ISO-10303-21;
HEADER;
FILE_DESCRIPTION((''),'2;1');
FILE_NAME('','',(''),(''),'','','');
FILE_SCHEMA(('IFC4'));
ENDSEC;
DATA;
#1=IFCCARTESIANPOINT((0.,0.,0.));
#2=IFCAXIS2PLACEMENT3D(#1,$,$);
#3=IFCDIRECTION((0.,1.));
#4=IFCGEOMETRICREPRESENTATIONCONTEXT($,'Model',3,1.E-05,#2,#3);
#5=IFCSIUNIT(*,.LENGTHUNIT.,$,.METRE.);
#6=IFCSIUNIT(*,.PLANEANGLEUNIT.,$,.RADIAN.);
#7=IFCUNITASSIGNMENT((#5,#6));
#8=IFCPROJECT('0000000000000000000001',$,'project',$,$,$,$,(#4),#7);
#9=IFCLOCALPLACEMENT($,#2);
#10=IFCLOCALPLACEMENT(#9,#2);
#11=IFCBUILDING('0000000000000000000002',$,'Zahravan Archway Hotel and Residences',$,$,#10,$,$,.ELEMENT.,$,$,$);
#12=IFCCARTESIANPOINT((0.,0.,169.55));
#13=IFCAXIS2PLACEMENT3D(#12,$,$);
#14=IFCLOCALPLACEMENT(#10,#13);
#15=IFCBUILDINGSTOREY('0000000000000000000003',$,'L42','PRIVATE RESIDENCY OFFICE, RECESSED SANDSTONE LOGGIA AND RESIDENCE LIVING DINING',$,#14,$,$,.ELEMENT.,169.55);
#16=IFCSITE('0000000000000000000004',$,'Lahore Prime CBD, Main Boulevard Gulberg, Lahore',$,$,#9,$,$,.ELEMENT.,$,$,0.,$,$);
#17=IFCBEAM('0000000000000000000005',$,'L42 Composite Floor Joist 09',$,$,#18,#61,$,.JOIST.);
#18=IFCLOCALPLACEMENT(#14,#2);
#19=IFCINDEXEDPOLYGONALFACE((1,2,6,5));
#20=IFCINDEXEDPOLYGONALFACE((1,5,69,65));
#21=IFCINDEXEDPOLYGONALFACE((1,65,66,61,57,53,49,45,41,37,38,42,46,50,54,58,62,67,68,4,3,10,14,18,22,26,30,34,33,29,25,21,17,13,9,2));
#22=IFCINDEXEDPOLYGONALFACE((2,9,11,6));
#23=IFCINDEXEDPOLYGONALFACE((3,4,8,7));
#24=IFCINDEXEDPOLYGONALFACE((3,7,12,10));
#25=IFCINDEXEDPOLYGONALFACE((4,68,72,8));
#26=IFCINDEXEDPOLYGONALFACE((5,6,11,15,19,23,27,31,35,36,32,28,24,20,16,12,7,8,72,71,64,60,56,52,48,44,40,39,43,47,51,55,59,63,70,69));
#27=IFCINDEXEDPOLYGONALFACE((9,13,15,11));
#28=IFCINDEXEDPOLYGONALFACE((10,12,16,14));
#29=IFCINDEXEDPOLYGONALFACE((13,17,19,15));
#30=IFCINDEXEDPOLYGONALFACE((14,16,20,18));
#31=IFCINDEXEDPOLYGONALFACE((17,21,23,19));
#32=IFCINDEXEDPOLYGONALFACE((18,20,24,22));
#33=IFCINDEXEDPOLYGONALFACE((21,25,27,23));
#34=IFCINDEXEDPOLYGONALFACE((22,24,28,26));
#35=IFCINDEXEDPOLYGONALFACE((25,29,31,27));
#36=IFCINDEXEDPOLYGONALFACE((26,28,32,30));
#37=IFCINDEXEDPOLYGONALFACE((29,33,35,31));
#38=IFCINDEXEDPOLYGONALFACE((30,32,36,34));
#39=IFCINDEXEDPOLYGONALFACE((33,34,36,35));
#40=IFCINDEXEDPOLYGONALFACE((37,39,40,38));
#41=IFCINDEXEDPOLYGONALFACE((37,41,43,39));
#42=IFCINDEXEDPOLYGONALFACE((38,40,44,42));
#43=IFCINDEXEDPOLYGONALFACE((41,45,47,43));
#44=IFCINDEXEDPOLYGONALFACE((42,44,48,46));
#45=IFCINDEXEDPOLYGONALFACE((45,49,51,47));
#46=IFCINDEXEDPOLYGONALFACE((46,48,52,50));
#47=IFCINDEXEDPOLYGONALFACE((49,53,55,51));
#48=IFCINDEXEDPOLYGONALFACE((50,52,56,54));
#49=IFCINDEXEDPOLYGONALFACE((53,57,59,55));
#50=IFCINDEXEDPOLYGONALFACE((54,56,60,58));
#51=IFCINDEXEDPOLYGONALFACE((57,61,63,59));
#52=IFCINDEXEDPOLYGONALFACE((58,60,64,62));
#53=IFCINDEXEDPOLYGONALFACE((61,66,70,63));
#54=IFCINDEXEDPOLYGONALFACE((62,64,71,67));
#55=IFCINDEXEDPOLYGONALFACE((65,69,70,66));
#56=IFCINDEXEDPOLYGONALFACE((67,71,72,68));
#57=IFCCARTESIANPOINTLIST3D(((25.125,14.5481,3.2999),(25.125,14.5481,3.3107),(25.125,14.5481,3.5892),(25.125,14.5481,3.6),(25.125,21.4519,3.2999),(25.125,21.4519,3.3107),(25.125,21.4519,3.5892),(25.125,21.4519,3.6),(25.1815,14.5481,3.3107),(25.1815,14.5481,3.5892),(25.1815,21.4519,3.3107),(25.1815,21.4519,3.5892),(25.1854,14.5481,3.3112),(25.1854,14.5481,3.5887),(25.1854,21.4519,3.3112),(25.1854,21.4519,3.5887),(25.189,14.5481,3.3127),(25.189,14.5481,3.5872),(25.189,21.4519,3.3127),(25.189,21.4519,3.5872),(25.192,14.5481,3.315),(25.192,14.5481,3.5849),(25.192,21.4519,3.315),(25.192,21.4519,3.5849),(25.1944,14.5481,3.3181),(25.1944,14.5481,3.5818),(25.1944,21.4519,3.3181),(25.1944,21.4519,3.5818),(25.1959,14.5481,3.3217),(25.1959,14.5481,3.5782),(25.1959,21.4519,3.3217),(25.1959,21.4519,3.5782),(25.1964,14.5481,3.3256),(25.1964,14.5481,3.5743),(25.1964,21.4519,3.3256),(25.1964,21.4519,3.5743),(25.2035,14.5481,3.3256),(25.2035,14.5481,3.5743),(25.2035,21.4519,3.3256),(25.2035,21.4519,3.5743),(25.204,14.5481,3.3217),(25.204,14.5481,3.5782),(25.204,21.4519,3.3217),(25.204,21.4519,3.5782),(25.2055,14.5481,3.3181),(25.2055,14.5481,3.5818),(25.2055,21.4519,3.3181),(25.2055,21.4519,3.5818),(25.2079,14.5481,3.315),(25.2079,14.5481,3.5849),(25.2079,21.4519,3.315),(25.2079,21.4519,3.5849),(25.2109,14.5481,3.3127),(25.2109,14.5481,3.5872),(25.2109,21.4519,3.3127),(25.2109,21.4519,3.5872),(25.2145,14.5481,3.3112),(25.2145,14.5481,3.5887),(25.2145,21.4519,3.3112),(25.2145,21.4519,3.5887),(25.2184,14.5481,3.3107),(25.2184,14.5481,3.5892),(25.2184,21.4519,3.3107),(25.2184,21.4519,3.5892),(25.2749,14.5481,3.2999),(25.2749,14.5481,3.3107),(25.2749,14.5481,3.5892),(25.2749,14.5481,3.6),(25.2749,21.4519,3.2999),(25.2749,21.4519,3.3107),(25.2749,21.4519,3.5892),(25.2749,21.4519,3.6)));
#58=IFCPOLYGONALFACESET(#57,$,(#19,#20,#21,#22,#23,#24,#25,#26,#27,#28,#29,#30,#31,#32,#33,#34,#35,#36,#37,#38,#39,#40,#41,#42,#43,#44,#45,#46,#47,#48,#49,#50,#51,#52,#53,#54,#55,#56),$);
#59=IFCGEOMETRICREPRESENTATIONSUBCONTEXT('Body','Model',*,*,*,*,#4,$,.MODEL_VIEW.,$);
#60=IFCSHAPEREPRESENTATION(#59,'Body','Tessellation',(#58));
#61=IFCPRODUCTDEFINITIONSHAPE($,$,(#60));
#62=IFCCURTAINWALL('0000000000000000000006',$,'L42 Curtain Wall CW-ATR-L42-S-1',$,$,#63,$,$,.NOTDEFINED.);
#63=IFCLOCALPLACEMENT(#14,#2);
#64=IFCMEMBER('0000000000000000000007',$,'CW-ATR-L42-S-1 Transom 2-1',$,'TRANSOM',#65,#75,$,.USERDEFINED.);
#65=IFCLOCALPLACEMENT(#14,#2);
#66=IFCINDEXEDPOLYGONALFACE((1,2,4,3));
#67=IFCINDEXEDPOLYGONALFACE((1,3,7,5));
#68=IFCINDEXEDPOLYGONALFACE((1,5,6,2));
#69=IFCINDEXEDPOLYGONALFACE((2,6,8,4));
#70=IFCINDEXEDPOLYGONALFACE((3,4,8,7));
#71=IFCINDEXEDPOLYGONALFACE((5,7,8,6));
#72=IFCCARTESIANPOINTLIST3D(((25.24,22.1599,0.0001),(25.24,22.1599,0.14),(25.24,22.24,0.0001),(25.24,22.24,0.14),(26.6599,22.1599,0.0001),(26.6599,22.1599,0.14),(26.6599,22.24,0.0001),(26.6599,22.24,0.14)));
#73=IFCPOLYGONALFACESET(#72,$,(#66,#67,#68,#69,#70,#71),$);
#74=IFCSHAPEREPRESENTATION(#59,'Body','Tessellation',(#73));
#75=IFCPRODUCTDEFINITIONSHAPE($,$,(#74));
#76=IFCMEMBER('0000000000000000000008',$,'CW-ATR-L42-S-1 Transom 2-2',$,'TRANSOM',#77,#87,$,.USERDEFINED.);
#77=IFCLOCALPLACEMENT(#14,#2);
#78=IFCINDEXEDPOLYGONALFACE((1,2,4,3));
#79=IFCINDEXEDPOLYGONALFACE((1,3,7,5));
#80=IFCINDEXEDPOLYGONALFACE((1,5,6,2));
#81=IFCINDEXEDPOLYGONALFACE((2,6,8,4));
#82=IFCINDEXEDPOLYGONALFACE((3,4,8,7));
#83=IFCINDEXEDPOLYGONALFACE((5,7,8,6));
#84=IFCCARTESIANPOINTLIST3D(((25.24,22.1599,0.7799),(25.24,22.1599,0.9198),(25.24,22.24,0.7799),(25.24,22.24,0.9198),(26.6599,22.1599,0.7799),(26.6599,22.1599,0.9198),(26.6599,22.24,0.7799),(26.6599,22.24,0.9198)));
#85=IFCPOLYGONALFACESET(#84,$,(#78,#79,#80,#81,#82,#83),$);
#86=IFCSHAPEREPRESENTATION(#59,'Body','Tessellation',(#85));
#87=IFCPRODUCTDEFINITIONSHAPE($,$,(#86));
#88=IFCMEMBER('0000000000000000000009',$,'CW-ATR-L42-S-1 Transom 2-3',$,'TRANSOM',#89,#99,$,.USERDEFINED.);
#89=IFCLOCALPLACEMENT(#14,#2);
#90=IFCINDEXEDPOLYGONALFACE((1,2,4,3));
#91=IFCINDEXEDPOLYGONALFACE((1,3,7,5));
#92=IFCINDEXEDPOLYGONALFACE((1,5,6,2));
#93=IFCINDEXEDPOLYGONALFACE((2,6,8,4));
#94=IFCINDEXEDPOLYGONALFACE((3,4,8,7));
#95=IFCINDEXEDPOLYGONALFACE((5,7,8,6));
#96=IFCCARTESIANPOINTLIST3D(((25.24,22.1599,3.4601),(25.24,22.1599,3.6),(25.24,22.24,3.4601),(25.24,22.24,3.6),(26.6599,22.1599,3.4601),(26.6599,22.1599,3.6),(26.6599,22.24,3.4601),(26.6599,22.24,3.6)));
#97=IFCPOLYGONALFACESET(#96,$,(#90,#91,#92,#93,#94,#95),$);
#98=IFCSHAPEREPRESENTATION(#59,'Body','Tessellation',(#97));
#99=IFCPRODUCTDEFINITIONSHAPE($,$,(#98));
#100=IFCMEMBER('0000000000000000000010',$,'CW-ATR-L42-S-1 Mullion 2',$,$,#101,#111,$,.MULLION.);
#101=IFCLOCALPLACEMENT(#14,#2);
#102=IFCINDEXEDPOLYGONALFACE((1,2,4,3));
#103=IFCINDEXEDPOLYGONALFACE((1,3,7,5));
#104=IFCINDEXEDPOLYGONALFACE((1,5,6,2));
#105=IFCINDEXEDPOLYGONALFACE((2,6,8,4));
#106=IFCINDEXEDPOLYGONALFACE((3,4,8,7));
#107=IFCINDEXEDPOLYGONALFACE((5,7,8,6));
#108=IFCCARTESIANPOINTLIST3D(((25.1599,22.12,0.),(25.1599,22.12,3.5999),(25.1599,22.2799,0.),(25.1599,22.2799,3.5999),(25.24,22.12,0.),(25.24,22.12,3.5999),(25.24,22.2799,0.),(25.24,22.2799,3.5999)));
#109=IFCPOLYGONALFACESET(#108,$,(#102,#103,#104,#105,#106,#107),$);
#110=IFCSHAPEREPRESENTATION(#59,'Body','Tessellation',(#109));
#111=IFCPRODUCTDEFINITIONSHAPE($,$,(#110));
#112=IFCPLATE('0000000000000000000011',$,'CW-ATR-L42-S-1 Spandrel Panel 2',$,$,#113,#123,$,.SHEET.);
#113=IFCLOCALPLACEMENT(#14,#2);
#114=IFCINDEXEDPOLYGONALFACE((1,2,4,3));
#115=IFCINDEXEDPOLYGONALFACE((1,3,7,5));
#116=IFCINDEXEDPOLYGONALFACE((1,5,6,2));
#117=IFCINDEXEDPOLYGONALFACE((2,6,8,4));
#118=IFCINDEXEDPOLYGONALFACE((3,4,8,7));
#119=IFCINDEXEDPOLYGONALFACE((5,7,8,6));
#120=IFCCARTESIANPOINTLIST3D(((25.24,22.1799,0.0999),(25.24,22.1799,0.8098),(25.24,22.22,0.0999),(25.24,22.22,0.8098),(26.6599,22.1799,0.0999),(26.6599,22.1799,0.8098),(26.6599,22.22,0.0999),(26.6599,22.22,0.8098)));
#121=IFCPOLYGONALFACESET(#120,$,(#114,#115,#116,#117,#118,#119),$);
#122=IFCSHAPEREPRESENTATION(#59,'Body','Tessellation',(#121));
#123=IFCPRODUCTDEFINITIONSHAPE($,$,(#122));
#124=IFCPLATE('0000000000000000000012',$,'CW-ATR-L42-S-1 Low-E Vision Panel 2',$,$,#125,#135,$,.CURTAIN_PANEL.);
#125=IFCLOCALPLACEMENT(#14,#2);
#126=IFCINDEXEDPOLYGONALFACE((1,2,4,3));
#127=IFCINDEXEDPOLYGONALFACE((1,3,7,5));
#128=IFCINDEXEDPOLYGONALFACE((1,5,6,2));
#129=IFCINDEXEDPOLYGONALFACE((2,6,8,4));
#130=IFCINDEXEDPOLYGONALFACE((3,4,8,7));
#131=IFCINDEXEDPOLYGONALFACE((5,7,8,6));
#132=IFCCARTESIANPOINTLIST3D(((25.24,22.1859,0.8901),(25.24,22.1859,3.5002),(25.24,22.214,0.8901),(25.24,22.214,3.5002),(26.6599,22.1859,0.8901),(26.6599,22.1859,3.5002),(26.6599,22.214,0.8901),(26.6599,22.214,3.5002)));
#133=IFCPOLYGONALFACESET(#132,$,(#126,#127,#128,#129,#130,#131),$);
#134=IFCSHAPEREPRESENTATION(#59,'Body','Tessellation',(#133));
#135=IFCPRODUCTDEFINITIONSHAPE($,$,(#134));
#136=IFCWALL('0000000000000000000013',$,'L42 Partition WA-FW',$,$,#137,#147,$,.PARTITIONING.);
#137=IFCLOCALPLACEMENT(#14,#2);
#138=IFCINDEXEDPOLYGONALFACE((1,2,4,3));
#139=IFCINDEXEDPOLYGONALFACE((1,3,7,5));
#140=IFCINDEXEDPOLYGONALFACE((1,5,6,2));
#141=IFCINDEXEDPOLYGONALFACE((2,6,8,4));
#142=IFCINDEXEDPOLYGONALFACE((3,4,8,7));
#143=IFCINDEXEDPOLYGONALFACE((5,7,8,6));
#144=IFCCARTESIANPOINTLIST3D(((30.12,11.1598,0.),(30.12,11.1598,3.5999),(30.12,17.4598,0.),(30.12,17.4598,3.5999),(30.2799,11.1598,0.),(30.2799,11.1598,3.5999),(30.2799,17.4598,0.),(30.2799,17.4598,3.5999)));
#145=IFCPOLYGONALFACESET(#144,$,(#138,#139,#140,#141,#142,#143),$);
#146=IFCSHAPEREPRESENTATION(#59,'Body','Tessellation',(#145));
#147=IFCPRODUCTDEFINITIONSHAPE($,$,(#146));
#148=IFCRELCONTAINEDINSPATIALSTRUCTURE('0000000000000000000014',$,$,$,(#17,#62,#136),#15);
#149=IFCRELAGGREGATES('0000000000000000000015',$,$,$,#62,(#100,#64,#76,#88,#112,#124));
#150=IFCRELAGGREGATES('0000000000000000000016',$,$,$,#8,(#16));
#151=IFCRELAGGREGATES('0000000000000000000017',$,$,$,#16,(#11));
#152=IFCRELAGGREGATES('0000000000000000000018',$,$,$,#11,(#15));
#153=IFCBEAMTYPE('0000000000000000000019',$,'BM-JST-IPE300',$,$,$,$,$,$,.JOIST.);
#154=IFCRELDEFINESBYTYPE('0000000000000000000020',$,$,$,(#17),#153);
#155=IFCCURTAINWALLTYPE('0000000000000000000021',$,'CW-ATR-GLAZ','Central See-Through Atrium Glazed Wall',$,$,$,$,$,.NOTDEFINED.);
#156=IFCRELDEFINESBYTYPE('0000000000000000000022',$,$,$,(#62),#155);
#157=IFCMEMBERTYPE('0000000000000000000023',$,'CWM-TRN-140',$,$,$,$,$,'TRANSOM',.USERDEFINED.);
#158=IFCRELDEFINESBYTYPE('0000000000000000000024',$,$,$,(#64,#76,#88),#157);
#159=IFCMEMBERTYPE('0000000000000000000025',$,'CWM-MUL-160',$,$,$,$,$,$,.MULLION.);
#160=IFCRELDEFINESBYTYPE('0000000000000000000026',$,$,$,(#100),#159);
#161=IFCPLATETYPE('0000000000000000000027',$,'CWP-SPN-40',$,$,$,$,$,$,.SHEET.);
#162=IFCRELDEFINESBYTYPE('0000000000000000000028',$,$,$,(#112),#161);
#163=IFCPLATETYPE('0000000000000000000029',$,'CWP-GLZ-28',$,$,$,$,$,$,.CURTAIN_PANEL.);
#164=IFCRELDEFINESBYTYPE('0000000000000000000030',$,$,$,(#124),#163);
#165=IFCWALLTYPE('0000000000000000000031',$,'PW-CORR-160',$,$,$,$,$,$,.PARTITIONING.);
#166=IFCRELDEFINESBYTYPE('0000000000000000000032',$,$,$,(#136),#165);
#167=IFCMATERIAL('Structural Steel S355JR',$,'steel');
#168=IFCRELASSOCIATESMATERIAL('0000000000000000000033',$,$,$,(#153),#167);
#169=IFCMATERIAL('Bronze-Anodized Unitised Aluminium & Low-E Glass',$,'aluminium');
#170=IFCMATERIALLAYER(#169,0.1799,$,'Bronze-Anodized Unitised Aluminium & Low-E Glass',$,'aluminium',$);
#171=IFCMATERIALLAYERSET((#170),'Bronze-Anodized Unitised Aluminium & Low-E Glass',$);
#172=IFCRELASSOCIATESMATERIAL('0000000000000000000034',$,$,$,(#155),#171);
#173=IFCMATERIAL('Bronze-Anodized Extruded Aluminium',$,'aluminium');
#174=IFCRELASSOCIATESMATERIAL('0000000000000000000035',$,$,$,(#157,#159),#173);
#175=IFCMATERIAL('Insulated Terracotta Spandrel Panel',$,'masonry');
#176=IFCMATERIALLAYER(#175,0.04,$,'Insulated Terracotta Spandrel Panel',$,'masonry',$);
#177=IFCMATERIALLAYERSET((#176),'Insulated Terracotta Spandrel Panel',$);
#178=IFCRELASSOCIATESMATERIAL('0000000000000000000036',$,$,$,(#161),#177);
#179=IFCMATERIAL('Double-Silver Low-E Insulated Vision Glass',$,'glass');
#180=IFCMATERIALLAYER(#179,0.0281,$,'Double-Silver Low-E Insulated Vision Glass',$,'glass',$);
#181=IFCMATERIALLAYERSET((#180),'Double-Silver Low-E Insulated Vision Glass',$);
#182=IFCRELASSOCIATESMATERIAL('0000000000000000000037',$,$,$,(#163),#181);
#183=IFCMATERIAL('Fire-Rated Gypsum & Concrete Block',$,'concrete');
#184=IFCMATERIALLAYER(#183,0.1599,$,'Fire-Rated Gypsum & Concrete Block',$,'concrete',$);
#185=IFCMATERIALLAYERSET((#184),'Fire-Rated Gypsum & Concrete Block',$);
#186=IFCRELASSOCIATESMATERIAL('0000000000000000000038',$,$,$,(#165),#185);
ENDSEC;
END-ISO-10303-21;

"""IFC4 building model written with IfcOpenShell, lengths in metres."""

from ifc_helpers import new_model, si_unit, direction, frame, frame_2d, origin, origin_2d, place, context, subcontext, project, spatial, rectangle, i_section, extrude, source, transform, mapped, material, layer, layer_set, material_profile, profile_set, type_object, element, aggregate, save


model = new_model("IFC4")

# Units and contexts
model_context = context("Model", 3, precision=1e-05, world=origin(), true_north=direction((0.0, 1.0)))
body_context = subcontext(model_context, "Body", "Model", "MODEL_VIEW")
ifc_project = project(units=[si_unit("LENGTHUNIT", "METRE"), si_unit("PLANEANGLEUNIT", "RADIAN")], contexts=[model_context])

# Site, building, storey
site_placement = place(None, origin())
site = spatial("IfcSite", under=ifc_project, at=site_placement, Name="Lahore Prime CBD, Main Boulevard Gulberg, Lahore", CompositionType="ELEMENT", RefElevation=0.0)
building_placement = place(site_placement, origin())
building = spatial("IfcBuilding", under=site, at=building_placement, Name="Zahravan Archway Hotel and Residences", CompositionType="ELEMENT")
storey_placement = place(building_placement, frame((0.0, 0.0, 169.55)))
storey = spatial("IfcBuildingStorey", under=building, at=storey_placement, Name="L42", Description="PRIVATE RESIDENCY OFFICE, RECESSED SANDSTONE LOGGIA AND RESIDENCE LIVING DINING", CompositionType="ELEMENT", Elevation=169.55)

# Beam
ifc_material_1 = material(Name="Structural Steel S355JR", Category="steel")
ifc_material_profile_1 = material_profile(ifc_material_1, i_section(OverallWidth=0.1499, OverallDepth=0.3, WebThickness=0.0071, FlangeThickness=0.0107, FilletRadius=0.0149, at=origin_2d()), Name="IPE 300", Category="steel")
ifc_profile_set_1 = profile_set([ifc_material_profile_1], Name="Structural Steel S355JR")
beam_type_1 = type_object("IfcBeamType", Name="BM-JST-IPE300", PredefinedType="JOIST", material=ifc_profile_set_1)
shared_shape_1 = source(origin(), body_context, "Body", "SweptSolid", [
    extrude(i_section(OverallWidth=0.1499, OverallDepth=0.3, WebThickness=0.0071, FlangeThickness=0.0107, FilletRadius=0.0149, at=origin_2d()), origin(), (0.0, 0.0, 1.0), 6.9038),
])
beam_1_placement = place(storey_placement, frame((25.2, 14.5481, 3.45), z_axis=(0.0, 1.0, 0.0), x_axis=(-1.0, 0.0, 0.0)))
element("IfcBeam", 1, at=beam_1_placement, inside=storey, type_object=beam_type_1, Name="L42 Composite Floor Joist 09", PredefinedType="JOIST", context=body_context, shape_type="MappedRepresentation", body=[
    mapped(shared_shape_1, transform((0.0, 0.0, 0.0), scale=1.0)),
])

# Curtain wall, members, plates
ifc_material_2 = material(Name="Bronze-Anodized Unitised Aluminium & Low-E Glass", Category="aluminium")
ifc_layer_1 = layer(ifc_material_2, 0.1799, Name="Bronze-Anodized Unitised Aluminium & Low-E Glass", Category="aluminium")
ifc_layer_set_1 = layer_set([ifc_layer_1], Name="Bronze-Anodized Unitised Aluminium & Low-E Glass")
curtain_wall_type = type_object("IfcCurtainWallType", Name="CW-ATR-GLAZ", Description="Central See-Through Atrium Glazed Wall", PredefinedType="NOTDEFINED", material=ifc_layer_set_1)
curtain_wall_placement = place(storey_placement, origin())
curtain_wall = element("IfcCurtainWall", 2, at=curtain_wall_placement, inside=storey, type_object=curtain_wall_type, Name="L42 Curtain Wall CW-ATR-L42-S-1", PredefinedType="NOTDEFINED")
ifc_material_3 = material(Name="Bronze-Anodized Extruded Aluminium", Category="aluminium")
ifc_material_profile_2 = material_profile(ifc_material_3, rectangle(XDim=0.0801, YDim=0.1399, at=origin_2d()), Name="TRN 80x140", Category="aluminium")
ifc_profile_set_2 = profile_set([ifc_material_profile_2], Name="Bronze-Anodized Extruded Aluminium")
member_type_1 = type_object("IfcMemberType", Name="CWM-TRN-140", ElementType="TRANSOM", PredefinedType="USERDEFINED", material=ifc_profile_set_2)
shared_shape_2 = source(origin(), body_context, "Body", "SweptSolid", [
    extrude(rectangle(XDim=0.0801, YDim=0.1399, at=origin_2d()), origin(), (0.0, 0.0, 1.0), 1.4199),
])
member_1_placement = place(storey_placement, frame((25.24, 22.2, 0.0701), z_axis=(1.0, 0.0, 0.0), x_axis=(0.0, 1.0, 0.0)))
member_1 = element("IfcMember", 3, at=member_1_placement, type_object=member_type_1, Name="CW-ATR-L42-S-1 Transom 2-1", ObjectType="TRANSOM", PredefinedType="USERDEFINED", context=body_context, shape_type="MappedRepresentation", body=[
    mapped(shared_shape_2, transform((0.0, 0.0, 0.0), scale=1.0)),
])
member_2_placement = place(storey_placement, frame((25.24, 22.2, 0.8499), z_axis=(1.0, 0.0, 0.0), x_axis=(0.0, 1.0, 0.0)))
member_2 = element("IfcMember", 4, at=member_2_placement, type_object=member_type_1, Name="CW-ATR-L42-S-1 Transom 2-2", ObjectType="TRANSOM", PredefinedType="USERDEFINED", context=body_context, shape_type="MappedRepresentation", body=[
    mapped(shared_shape_2, transform((0.0, 0.0, 0.0), scale=1.0)),
])
member_3_placement = place(storey_placement, frame((25.24, 22.2, 3.53), z_axis=(1.0, 0.0, 0.0), x_axis=(0.0, 1.0, 0.0)))
member_3 = element("IfcMember", 5, at=member_3_placement, type_object=member_type_1, Name="CW-ATR-L42-S-1 Transom 2-3", ObjectType="TRANSOM", PredefinedType="USERDEFINED", context=body_context, shape_type="MappedRepresentation", body=[
    mapped(shared_shape_2, transform((0.0, 0.0, 0.0), scale=1.0)),
])
ifc_material_profile_3 = material_profile(ifc_material_3, rectangle(XDim=0.0801, YDim=0.1599, at=origin_2d()), Name="MUL 80x160", Category="aluminium")
ifc_profile_set_3 = profile_set([ifc_material_profile_3], Name="Bronze-Anodized Extruded Aluminium")
member_type_2 = type_object("IfcMemberType", Name="CWM-MUL-160", PredefinedType="MULLION", material=ifc_profile_set_3)
shared_shape_3 = source(origin(), body_context, "Body", "SweptSolid", [
    extrude(rectangle(XDim=0.0801, YDim=0.1599, at=origin_2d()), origin(), (0.0, 0.0, 1.0), 3.5999),
])
member_4_placement = place(storey_placement, frame((25.2, 22.2, 0.0), z_axis=(0.0, 0.0, 1.0), x_axis=(1.0, 0.0, 0.0)))
member_4 = element("IfcMember", 6, at=member_4_placement, type_object=member_type_2, Name="CW-ATR-L42-S-1 Mullion 2", PredefinedType="MULLION", context=body_context, shape_type="MappedRepresentation", body=[
    mapped(shared_shape_3, transform((0.0, 0.0, 0.0), scale=1.0)),
])
ifc_material_4 = material(Name="Insulated Terracotta Spandrel Panel", Category="masonry")
ifc_layer_2 = layer(ifc_material_4, 0.04, Name="Insulated Terracotta Spandrel Panel", Category="masonry")
ifc_layer_set_2 = layer_set([ifc_layer_2], Name="Insulated Terracotta Spandrel Panel")
plate_type_1 = type_object("IfcPlateType", Name="CWP-SPN-40", PredefinedType="SHEET", material=ifc_layer_set_2)
shared_shape_4 = source(origin(), body_context, "Body", "SweptSolid", [
    extrude(rectangle(XDim=1.4199, YDim=0.04, at=origin_2d()), origin(), (0.0, 0.0, 1.0), 0.71),
])
plate_1_placement = place(storey_placement, frame((25.95, 22.2, 0.0999), z_axis=(0.0, 0.0, 1.0), x_axis=(1.0, 0.0, 0.0)))
plate_1 = element("IfcPlate", 7, at=plate_1_placement, type_object=plate_type_1, Name="CW-ATR-L42-S-1 Spandrel Panel 2", PredefinedType="SHEET", context=body_context, shape_type="MappedRepresentation", body=[
    mapped(shared_shape_4, transform((0.0, 0.0, 0.0), scale=1.0)),
])
ifc_material_5 = material(Name="Double-Silver Low-E Insulated Vision Glass", Category="glass")
ifc_layer_3 = layer(ifc_material_5, 0.0281, Name="Double-Silver Low-E Insulated Vision Glass", Category="glass")
ifc_layer_set_3 = layer_set([ifc_layer_3], Name="Double-Silver Low-E Insulated Vision Glass")
plate_type_2 = type_object("IfcPlateType", Name="CWP-GLZ-28", PredefinedType="CURTAIN_PANEL", material=ifc_layer_set_3)
shared_shape_5 = source(origin(), body_context, "Body", "SweptSolid", [
    extrude(rectangle(XDim=1.4199, YDim=0.0281, at=origin_2d()), origin(), (0.0, 0.0, 1.0), 2.6101),
])
plate_2_placement = place(storey_placement, frame((25.95, 22.2, 0.8901), z_axis=(0.0, 0.0, 1.0), x_axis=(1.0, 0.0, 0.0)))
plate_2 = element("IfcPlate", 8, at=plate_2_placement, type_object=plate_type_2, Name="CW-ATR-L42-S-1 Low-E Vision Panel 2", PredefinedType="CURTAIN_PANEL", context=body_context, shape_type="MappedRepresentation", body=[
    mapped(shared_shape_5, transform((0.0, 0.0, 0.0), scale=1.0)),
])
aggregate(curtain_wall, [member_4, member_1, member_2, member_3, plate_1, plate_2])

# Wall
ifc_material_6 = material(Name="Fire-Rated Gypsum & Concrete Block", Category="concrete")
ifc_layer_4 = layer(ifc_material_6, 0.1599, Name="Fire-Rated Gypsum & Concrete Block", Category="concrete")
ifc_layer_set_4 = layer_set([ifc_layer_4], Name="Fire-Rated Gypsum & Concrete Block")
wall_type_1 = type_object("IfcWallType", Name="PW-CORR-160", PredefinedType="PARTITIONING", material=ifc_layer_set_4)
wall_1_placement = place(storey_placement, frame((30.2, 11.1599, 0.0), z_axis=(0.0, 0.0, 1.0), x_axis=(0.0, 1.0, 0.0)))
element("IfcWall", 9, at=wall_1_placement, inside=storey, type_object=wall_type_1, Name="L42 Partition WA-FW", PredefinedType="PARTITIONING", context=body_context, shape_type="SweptSolid", body=[
    extrude(rectangle(XDim=6.3, YDim=0.1599, at=frame_2d((3.1499, 0.0))), origin(), (0.0, 0.0, 1.0), 3.5999),
])

save(model, "model.ifc")
